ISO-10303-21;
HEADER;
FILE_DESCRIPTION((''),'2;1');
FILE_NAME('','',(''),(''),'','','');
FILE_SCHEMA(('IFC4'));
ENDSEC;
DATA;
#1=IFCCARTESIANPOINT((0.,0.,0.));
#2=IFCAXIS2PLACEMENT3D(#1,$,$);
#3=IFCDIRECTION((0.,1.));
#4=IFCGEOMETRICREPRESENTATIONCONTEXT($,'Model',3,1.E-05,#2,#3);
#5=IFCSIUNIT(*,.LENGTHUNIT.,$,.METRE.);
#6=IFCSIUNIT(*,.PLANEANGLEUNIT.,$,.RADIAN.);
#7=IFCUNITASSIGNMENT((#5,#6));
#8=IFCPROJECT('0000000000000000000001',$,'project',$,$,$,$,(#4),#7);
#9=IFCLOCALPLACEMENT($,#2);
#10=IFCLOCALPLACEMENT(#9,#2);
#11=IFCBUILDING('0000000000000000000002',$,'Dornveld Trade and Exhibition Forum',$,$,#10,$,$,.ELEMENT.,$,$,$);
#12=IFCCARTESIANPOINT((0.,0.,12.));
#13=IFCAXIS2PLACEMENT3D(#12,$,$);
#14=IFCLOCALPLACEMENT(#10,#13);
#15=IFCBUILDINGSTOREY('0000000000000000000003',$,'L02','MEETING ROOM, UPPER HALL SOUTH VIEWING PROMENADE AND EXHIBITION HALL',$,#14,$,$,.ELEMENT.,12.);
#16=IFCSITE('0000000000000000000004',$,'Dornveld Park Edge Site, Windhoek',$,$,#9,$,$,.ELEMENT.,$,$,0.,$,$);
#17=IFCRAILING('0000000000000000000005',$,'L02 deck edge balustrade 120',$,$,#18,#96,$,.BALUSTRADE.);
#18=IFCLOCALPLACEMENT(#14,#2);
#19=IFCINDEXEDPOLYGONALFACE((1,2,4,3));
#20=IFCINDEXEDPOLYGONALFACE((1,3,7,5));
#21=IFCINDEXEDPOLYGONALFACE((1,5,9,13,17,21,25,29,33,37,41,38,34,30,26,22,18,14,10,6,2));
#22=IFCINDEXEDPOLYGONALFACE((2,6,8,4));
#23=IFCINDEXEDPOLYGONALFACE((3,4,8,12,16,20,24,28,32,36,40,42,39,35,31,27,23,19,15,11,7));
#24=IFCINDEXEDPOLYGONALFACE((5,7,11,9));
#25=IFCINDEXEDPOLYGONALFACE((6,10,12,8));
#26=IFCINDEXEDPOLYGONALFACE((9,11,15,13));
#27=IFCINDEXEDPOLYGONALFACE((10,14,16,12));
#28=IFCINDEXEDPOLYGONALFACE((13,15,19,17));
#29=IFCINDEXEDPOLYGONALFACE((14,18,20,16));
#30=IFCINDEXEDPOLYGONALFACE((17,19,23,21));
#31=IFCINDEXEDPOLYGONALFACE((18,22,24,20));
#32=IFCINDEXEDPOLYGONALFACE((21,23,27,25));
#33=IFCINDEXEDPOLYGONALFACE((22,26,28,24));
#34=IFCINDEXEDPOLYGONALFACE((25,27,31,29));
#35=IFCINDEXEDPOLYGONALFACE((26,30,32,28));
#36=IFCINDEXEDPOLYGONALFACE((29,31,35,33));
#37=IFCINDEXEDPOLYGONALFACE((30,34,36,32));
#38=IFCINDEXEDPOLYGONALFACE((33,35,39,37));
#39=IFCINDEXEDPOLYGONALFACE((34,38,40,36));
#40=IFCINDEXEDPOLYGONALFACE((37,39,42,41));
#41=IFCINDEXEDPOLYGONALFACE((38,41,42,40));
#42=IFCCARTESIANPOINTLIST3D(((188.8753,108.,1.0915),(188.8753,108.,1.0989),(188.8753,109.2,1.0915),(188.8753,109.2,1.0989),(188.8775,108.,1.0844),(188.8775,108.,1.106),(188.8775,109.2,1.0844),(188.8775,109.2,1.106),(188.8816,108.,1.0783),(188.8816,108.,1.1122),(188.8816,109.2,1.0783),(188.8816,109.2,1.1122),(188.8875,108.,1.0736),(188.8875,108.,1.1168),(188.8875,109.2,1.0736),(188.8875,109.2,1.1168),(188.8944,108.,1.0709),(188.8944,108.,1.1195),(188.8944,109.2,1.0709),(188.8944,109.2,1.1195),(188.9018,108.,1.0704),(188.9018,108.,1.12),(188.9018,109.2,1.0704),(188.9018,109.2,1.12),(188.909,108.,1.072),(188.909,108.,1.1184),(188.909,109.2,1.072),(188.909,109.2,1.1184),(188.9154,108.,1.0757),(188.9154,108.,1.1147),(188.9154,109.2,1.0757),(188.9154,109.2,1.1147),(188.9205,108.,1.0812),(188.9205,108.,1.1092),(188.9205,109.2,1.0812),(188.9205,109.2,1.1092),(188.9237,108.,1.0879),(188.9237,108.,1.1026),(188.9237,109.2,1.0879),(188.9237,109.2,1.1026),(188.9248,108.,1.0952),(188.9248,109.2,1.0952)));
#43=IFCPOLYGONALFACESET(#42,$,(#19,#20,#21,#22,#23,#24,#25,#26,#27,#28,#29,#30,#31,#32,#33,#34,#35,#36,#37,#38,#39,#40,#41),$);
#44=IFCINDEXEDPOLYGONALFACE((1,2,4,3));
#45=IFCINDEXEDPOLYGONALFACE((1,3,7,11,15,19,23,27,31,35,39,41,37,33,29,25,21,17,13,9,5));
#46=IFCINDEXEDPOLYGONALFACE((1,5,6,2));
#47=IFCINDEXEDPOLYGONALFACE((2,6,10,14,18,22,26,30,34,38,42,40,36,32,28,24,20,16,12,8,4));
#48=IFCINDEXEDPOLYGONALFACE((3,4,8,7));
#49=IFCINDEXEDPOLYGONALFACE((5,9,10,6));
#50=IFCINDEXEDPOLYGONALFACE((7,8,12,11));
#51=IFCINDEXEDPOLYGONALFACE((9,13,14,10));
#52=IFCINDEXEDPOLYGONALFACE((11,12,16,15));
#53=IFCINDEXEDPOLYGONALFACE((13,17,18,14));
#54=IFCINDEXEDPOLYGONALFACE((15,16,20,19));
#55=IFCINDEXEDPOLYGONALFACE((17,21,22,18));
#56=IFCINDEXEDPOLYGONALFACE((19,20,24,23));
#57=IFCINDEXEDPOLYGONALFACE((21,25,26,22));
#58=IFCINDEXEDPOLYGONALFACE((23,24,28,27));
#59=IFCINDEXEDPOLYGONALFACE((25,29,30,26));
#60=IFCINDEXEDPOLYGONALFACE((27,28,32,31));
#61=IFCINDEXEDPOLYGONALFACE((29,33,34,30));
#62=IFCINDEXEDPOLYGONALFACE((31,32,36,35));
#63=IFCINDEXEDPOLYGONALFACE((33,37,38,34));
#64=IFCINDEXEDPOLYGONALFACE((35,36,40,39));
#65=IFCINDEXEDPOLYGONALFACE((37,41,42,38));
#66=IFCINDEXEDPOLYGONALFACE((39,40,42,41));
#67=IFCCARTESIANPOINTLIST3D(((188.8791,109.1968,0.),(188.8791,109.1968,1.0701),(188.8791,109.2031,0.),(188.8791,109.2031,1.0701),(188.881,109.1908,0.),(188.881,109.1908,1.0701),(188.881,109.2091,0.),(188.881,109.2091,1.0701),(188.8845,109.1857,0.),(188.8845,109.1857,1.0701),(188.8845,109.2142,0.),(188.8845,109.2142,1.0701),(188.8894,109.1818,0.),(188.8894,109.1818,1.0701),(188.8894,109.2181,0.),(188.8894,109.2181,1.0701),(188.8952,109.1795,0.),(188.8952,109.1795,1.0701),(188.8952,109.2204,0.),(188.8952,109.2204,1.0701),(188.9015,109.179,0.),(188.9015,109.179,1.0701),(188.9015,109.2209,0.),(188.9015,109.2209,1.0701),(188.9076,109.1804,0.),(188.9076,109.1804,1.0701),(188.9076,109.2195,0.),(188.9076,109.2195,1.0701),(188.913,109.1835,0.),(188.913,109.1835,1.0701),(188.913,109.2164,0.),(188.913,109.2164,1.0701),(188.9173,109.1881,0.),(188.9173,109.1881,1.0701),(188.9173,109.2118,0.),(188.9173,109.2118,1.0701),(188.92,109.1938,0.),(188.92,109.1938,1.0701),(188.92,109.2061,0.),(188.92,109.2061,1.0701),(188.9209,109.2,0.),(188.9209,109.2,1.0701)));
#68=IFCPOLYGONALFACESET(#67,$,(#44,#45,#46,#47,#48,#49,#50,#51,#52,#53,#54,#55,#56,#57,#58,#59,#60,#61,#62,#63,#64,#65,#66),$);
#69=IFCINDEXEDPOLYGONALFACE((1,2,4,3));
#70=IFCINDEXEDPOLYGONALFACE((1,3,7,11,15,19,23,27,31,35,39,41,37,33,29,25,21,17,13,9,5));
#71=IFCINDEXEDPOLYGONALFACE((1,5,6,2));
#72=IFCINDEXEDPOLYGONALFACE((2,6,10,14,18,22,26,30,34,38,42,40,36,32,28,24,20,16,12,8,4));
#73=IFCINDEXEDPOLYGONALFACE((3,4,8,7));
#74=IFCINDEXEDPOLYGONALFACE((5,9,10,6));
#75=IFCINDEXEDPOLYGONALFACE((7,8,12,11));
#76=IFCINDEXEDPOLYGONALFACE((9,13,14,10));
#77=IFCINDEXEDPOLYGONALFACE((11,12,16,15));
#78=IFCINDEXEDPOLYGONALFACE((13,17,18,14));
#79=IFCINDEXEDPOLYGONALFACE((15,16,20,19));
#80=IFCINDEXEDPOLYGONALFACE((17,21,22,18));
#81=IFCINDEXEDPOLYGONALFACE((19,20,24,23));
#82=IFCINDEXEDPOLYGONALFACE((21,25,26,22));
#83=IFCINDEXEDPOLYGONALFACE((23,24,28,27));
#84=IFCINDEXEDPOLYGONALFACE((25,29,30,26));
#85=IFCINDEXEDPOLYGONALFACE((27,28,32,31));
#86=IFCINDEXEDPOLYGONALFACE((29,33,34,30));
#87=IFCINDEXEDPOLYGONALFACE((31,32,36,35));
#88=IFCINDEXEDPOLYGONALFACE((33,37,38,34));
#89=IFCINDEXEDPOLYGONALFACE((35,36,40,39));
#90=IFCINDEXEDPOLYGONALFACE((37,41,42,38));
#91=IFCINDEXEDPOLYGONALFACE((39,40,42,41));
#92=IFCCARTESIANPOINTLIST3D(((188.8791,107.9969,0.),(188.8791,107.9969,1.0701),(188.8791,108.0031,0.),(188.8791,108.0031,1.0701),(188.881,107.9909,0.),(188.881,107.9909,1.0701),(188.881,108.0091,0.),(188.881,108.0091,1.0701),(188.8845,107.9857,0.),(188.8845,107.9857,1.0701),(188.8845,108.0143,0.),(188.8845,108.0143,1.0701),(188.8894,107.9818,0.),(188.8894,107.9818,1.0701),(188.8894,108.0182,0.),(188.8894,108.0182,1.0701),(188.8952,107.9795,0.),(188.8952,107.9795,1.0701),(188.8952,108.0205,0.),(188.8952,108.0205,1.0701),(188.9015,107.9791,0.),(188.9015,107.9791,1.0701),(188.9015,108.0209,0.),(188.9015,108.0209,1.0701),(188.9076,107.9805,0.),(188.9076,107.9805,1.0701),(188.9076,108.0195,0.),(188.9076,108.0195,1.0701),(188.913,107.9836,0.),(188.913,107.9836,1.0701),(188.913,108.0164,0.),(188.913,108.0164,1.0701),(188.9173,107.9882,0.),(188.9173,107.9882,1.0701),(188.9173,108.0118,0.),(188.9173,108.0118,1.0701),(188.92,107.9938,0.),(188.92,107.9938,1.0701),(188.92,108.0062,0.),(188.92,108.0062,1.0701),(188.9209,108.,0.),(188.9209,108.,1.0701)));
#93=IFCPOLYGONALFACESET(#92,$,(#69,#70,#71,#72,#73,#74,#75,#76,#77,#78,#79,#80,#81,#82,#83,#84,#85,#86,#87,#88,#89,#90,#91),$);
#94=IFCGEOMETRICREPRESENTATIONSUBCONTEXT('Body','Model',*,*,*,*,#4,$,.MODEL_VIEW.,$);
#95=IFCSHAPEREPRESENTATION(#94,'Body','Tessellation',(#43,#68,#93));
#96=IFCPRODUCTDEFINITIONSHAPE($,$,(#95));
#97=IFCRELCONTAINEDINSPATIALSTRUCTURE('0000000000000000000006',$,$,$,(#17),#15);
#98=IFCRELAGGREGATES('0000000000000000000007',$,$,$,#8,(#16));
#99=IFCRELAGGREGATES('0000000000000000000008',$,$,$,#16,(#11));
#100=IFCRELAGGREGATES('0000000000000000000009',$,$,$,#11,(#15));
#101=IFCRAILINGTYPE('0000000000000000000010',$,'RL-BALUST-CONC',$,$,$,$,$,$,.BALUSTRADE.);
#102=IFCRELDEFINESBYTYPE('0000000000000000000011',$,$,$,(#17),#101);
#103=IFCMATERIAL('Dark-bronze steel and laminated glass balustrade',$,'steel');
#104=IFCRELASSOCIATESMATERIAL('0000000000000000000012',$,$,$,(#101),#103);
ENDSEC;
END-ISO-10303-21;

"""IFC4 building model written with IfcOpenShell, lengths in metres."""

from ifc_helpers import new_model, si_unit, direction, frame, origin, origin_2d, place, context, subcontext, project, spatial, circle, extrude, material, type_object, element, save


model = new_model("IFC4")

# Units and contexts
model_context = context("Model", 3, precision=1e-05, world=origin(), true_north=direction((0.0, 1.0)))
body_context = subcontext(model_context, "Body", "Model", "MODEL_VIEW")
ifc_project = project(units=[si_unit("LENGTHUNIT", "METRE"), si_unit("PLANEANGLEUNIT", "RADIAN")], contexts=[model_context])

# Site, building, storey
site_placement = place(None, origin())
site = spatial("IfcSite", under=ifc_project, at=site_placement, Name="Dornveld Park Edge Site, Windhoek", CompositionType="ELEMENT", RefElevation=0.0)
building_placement = place(site_placement, origin())
building = spatial("IfcBuilding", under=site, at=building_placement, Name="Dornveld Trade and Exhibition Forum", CompositionType="ELEMENT")
storey_placement = place(building_placement, frame((0.0, 0.0, 12.0)))
storey = spatial("IfcBuildingStorey", under=building, at=storey_placement, Name="L02", Description="MEETING ROOM, UPPER HALL SOUTH VIEWING PROMENADE AND EXHIBITION HALL", CompositionType="ELEMENT", Elevation=12.0)

# Railing
ifc_material_1 = material(Name="Dark-bronze steel and laminated glass balustrade", Category="steel")
railing_type_1 = type_object("IfcRailingType", Name="RL-BALUST-CONC", PredefinedType="BALUSTRADE", material=ifc_material_1)
railing_1_placement = place(storey_placement, frame((188.8999, 109.2, 0.0)))
element("IfcRailing", 1, at=railing_1_placement, inside=storey, type_object=railing_type_1, Name="L02 deck edge balustrade 120", PredefinedType="BALUSTRADE", context=body_context, shape_type="SweptSolid", body=[
    extrude(circle(Radius=0.0249, at=origin_2d()), frame((0.0, 0.0, 1.0952), z_axis=(0.0, -1.0, 0.0), x_axis=(1.0, 0.0, 0.0)), (0.0, 0.0, 1.0), 1.2),
    extrude(circle(Radius=0.021, at=origin_2d()), origin(), (0.0, 0.0, 1.0), 1.0701),
    extrude(circle(Radius=0.021, at=origin_2d()), frame((0.0, -1.2, 0.0)), (0.0, 0.0, 1.0), 1.0701),
])

save(model, "model.ifc")
